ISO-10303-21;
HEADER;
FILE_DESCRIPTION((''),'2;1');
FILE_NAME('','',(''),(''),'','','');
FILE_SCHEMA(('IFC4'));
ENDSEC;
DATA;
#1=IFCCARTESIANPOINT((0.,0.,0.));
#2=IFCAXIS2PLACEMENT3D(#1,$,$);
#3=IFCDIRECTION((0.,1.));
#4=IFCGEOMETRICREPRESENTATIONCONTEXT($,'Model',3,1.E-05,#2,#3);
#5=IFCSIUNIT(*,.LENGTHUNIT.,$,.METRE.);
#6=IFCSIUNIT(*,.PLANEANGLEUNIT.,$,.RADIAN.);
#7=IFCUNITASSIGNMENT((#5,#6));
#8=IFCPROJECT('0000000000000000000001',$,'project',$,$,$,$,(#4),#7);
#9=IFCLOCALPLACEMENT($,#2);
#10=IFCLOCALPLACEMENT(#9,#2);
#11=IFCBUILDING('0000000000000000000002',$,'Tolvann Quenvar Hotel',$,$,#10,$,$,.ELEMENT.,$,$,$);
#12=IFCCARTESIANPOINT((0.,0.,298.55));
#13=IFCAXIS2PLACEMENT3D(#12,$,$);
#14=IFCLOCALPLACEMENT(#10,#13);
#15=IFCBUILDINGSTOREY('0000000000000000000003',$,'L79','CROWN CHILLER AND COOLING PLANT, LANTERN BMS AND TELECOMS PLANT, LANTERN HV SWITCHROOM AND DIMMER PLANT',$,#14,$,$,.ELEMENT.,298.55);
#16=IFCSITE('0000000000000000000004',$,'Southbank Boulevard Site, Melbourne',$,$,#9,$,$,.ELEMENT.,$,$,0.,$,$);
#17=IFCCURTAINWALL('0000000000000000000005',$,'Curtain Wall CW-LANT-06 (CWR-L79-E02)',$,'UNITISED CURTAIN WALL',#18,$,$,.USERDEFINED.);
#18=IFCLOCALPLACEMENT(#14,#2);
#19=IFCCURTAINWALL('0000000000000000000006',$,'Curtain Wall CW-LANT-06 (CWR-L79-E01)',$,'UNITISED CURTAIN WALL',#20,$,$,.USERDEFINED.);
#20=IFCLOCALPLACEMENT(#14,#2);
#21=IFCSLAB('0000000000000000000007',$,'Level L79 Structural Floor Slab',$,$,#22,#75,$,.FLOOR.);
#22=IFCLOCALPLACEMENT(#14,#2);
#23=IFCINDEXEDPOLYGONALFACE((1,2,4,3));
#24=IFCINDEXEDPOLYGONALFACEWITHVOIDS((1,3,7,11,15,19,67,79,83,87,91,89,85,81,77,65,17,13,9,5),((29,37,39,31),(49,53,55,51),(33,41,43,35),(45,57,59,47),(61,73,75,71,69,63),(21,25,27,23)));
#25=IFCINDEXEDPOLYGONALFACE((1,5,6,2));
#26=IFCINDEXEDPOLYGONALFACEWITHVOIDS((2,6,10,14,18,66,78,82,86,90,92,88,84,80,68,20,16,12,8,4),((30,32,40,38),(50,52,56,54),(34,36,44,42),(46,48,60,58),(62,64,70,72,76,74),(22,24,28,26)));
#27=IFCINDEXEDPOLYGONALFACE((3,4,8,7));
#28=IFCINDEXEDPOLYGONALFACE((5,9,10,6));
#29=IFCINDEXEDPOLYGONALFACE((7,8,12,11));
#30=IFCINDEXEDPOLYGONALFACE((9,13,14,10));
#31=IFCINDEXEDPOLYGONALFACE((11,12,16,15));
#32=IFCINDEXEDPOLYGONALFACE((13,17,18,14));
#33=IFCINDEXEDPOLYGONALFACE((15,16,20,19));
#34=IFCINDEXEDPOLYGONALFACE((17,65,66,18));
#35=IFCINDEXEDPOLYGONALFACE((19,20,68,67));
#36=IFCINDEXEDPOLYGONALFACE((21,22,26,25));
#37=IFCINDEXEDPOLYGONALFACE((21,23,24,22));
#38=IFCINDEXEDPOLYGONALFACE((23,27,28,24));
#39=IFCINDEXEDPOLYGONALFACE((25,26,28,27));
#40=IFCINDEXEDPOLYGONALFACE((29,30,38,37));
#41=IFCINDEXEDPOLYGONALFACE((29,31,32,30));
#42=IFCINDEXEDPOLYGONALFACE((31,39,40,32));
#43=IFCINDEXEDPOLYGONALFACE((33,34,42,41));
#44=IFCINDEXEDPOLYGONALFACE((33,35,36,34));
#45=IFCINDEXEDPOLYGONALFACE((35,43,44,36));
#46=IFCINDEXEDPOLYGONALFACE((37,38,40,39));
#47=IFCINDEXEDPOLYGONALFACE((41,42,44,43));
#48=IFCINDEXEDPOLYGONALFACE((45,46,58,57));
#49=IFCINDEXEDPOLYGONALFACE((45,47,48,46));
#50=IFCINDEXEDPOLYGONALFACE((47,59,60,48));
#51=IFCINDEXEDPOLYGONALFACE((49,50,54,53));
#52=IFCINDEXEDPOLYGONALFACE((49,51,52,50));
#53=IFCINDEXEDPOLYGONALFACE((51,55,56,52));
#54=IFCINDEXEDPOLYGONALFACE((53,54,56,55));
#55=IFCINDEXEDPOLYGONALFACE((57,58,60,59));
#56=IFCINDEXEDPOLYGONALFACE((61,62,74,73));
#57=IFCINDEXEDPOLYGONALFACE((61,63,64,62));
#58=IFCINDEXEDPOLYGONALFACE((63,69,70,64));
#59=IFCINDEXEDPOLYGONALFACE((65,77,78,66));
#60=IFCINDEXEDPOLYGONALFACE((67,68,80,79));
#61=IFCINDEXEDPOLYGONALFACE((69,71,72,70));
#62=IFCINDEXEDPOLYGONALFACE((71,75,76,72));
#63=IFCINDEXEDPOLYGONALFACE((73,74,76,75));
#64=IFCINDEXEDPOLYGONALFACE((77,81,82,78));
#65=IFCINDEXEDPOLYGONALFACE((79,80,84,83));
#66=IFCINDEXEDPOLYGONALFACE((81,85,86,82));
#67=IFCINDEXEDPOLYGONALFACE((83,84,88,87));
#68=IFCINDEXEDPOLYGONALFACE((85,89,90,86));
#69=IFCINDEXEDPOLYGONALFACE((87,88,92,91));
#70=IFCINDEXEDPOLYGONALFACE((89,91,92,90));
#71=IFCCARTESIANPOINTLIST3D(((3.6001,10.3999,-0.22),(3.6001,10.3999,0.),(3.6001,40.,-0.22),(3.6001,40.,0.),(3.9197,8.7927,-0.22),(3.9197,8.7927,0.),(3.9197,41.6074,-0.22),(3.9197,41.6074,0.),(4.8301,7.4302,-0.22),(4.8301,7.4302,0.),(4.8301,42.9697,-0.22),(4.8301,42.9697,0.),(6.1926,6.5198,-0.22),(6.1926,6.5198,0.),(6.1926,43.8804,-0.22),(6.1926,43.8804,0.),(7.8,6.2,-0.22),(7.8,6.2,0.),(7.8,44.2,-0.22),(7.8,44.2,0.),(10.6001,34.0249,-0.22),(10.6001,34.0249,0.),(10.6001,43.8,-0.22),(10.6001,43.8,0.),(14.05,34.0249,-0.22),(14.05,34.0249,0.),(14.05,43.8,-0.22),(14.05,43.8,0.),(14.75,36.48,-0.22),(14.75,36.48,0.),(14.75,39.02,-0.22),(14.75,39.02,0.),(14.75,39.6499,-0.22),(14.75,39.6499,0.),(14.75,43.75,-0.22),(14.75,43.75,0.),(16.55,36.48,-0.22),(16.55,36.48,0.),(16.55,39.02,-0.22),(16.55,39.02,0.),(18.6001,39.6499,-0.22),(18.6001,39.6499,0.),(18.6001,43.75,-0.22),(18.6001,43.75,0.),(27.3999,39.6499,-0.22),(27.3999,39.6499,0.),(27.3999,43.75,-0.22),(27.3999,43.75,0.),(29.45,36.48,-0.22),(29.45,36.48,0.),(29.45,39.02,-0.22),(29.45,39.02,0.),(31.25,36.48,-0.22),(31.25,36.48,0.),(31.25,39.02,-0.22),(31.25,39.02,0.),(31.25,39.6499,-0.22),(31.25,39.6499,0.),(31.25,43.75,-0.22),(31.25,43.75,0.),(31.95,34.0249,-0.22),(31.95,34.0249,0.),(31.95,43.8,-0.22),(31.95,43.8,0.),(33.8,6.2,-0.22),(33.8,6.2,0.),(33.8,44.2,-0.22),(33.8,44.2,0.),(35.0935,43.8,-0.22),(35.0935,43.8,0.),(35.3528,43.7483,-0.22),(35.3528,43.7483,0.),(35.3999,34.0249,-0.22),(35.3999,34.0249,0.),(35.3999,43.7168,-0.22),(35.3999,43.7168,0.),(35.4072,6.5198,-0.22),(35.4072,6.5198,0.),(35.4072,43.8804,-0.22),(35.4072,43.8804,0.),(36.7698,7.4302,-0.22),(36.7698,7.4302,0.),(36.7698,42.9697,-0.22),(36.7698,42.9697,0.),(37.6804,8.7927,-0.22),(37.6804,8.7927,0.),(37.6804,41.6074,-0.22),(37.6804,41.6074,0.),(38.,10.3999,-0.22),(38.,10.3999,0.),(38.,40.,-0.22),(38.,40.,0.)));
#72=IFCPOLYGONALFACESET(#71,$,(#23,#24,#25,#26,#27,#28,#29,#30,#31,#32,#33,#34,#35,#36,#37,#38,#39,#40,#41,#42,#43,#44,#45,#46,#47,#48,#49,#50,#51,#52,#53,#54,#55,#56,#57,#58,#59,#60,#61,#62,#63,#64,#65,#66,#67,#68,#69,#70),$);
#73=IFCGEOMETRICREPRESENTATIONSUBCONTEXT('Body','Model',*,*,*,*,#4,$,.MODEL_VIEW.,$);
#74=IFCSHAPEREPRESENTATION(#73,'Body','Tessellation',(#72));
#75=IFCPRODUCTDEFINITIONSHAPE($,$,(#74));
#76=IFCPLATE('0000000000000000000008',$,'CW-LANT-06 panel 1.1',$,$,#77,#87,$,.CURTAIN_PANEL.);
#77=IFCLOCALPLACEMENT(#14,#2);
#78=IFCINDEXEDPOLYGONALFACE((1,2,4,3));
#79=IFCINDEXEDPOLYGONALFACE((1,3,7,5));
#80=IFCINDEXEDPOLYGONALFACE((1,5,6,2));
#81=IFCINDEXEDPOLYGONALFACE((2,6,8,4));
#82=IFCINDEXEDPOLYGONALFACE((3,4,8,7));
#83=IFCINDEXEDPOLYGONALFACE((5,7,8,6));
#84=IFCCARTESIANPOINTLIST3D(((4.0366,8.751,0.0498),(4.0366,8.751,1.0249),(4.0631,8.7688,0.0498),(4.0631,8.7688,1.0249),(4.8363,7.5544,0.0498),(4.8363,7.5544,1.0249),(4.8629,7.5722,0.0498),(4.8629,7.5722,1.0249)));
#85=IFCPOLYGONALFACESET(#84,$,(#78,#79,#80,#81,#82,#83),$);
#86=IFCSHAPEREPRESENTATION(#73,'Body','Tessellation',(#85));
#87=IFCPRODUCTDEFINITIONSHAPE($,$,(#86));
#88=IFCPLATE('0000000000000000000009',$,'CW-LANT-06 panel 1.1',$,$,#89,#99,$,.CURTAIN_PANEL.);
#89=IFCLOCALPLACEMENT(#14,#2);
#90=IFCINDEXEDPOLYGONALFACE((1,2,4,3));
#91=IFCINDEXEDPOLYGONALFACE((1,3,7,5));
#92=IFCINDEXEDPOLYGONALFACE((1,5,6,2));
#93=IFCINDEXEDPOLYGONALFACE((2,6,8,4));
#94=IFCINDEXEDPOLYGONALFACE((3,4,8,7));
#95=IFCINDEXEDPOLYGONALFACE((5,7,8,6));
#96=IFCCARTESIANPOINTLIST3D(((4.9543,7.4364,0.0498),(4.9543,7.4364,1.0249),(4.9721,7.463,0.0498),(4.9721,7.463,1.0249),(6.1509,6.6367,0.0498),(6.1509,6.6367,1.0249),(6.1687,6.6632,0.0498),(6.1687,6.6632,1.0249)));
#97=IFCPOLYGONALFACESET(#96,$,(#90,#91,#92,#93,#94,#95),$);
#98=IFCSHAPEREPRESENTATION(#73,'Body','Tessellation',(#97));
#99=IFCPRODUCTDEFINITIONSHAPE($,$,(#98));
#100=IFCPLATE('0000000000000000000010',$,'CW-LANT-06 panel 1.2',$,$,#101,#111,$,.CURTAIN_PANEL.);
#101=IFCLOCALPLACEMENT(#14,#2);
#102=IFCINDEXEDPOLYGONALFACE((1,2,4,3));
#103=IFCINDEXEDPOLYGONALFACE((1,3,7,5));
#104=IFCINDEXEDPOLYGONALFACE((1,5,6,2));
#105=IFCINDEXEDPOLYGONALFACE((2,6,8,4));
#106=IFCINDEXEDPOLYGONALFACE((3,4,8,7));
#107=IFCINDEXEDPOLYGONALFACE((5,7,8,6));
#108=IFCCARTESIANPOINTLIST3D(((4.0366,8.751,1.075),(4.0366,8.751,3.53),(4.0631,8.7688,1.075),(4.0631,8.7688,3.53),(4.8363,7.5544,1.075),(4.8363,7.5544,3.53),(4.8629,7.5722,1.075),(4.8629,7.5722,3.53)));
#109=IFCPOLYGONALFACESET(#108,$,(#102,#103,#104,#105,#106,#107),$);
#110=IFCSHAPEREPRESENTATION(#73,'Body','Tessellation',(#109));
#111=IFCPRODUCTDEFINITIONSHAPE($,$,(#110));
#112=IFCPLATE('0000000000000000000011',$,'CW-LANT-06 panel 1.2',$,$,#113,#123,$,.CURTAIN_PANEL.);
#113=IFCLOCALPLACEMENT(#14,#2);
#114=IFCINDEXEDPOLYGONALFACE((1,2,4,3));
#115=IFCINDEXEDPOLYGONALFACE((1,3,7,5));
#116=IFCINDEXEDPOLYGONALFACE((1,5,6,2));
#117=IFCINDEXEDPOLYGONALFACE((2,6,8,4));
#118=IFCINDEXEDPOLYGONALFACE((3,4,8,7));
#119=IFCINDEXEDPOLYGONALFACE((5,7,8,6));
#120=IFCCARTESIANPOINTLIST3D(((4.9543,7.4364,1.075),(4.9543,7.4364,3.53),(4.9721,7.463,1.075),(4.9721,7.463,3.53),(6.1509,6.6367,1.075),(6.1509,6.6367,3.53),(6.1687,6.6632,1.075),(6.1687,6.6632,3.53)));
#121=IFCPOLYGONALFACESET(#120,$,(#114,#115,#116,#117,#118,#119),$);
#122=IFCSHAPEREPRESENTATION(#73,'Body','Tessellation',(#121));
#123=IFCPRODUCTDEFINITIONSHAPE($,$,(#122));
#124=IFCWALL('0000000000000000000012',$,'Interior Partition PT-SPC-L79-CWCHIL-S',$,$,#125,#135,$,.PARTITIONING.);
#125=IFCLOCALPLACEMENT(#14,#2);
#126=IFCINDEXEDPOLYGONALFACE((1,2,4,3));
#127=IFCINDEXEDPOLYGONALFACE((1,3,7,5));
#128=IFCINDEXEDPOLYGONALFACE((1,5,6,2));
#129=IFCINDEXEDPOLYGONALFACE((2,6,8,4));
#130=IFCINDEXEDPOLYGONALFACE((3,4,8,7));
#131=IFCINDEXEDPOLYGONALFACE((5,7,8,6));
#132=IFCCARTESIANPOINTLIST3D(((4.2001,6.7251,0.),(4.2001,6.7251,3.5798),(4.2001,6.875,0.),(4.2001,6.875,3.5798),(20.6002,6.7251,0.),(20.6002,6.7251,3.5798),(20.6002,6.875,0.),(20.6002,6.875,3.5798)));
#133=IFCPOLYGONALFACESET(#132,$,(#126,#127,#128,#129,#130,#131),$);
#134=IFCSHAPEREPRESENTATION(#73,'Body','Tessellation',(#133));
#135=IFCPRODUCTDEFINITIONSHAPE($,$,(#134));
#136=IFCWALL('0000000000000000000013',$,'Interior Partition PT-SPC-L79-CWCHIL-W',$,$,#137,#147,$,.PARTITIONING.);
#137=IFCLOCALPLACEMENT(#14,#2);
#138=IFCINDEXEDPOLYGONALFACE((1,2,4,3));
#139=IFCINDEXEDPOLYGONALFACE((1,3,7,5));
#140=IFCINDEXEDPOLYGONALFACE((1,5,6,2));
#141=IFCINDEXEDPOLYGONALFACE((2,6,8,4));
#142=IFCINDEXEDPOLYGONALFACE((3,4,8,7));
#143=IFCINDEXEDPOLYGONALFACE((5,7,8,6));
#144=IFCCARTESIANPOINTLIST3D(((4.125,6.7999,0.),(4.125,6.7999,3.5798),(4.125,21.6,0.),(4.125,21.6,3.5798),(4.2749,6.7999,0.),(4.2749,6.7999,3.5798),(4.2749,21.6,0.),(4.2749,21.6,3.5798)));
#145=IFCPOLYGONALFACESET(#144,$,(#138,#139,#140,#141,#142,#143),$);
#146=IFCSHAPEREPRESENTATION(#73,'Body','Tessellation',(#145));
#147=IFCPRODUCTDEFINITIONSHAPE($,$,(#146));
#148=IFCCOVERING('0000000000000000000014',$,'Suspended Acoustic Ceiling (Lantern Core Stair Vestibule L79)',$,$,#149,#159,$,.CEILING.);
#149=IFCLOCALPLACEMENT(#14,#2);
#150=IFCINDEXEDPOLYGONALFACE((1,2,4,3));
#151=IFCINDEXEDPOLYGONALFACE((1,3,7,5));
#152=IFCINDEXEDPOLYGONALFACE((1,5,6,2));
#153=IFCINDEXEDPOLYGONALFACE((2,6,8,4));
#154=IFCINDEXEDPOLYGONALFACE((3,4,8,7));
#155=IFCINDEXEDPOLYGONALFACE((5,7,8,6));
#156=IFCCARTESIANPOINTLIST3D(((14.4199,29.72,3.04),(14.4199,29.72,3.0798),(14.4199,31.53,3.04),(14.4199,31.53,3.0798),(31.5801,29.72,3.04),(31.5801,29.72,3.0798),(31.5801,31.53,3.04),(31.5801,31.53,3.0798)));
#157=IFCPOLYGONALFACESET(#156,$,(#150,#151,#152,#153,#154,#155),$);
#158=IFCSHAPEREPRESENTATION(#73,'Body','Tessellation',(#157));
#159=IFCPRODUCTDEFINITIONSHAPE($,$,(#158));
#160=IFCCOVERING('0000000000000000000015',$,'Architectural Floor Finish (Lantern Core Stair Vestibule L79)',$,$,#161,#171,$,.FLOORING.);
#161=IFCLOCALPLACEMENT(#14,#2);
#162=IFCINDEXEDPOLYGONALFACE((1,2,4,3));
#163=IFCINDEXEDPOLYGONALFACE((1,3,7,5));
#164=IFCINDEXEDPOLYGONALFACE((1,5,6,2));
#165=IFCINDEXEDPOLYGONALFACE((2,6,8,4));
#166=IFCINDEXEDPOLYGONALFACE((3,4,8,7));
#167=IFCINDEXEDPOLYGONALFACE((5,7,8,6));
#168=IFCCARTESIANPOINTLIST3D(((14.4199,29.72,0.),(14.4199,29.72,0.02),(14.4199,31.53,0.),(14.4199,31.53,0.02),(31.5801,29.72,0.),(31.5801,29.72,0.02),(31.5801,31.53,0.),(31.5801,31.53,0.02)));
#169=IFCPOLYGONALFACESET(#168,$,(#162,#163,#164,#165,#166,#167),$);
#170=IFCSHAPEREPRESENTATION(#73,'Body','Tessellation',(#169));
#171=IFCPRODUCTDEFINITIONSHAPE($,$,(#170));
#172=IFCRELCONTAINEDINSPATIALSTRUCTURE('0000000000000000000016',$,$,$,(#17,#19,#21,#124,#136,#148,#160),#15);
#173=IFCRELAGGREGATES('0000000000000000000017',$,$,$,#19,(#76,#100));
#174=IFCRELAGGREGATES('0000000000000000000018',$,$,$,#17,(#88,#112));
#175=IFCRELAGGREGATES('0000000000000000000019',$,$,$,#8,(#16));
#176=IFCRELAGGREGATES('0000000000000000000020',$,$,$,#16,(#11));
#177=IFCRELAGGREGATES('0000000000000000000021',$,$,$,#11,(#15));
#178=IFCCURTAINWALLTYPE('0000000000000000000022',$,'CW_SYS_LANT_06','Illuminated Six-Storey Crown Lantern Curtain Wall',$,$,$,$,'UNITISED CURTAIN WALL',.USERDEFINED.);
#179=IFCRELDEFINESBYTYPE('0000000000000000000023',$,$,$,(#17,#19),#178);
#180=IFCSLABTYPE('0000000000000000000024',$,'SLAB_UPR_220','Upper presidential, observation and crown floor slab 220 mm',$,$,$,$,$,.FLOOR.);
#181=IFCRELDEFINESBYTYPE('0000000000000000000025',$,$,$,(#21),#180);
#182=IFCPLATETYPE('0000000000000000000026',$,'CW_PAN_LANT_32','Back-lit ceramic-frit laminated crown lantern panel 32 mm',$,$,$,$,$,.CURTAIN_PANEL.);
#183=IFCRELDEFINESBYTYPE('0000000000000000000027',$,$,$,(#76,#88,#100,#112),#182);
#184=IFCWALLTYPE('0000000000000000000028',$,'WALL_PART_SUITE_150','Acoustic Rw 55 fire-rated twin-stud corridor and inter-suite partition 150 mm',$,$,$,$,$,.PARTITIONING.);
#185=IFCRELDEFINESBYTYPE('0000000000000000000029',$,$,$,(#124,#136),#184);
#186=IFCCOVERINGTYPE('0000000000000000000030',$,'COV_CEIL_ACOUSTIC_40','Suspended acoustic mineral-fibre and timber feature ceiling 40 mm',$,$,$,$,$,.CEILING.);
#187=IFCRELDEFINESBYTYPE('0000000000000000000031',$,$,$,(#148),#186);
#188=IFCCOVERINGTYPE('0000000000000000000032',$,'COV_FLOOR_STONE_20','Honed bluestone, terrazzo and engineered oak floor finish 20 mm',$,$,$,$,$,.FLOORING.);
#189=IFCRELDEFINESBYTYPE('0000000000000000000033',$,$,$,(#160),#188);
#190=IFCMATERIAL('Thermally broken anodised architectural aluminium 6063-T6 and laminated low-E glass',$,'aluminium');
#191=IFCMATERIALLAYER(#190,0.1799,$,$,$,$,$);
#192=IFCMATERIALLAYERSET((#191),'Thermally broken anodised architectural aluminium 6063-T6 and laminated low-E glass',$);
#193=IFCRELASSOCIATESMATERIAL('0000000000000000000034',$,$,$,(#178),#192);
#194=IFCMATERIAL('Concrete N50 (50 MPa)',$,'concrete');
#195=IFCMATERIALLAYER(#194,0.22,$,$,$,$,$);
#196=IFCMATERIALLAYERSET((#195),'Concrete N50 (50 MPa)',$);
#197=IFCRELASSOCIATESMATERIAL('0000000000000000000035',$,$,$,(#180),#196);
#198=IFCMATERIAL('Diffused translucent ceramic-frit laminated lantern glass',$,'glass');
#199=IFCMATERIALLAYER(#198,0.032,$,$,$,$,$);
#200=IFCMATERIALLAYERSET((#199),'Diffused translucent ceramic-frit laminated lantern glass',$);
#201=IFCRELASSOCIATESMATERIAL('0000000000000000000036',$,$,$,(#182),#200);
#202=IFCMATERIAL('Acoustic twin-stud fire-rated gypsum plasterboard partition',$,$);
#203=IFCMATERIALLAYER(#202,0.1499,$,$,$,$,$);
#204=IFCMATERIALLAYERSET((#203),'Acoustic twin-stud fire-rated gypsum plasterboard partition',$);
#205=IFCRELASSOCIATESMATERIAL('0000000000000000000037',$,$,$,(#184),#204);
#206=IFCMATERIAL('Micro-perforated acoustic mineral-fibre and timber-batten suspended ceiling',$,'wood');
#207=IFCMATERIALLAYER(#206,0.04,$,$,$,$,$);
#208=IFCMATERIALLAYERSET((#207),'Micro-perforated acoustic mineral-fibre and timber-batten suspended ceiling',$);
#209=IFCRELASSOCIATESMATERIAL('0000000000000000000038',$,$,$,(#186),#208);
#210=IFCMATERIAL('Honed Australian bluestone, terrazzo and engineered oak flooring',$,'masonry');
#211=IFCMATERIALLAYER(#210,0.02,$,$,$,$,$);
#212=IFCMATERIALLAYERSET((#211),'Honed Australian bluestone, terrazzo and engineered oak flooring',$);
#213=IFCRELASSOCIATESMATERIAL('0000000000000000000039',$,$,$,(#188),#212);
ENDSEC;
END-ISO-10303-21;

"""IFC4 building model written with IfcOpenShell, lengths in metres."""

from ifc_helpers import new_model, si_unit, direction, frame, frame_2d, origin, origin_2d, place, context, subcontext, project, spatial, polyline, rectangle, outline, extrude, source, transform, mapped, material, layer, layer_set, type_object, type_shapes, element, aggregate, save


model = new_model("IFC4")

# Units and contexts
model_context = context("Model", 3, precision=1e-05, world=origin(), true_north=direction((0.0, 1.0)))
body_context = subcontext(model_context, "Body", "Model", "MODEL_VIEW")
ifc_project = project(units=[si_unit("LENGTHUNIT", "METRE"), si_unit("PLANEANGLEUNIT", "RADIAN")], contexts=[model_context])

# Site, building, storey
site_placement = place(None, origin())
site = spatial("IfcSite", under=ifc_project, at=site_placement, Name="Southbank Boulevard Site, Melbourne", CompositionType="ELEMENT", RefElevation=0.0)
building_placement = place(site_placement, origin())
building = spatial("IfcBuilding", under=site, at=building_placement, Name="Tolvann Quenvar Hotel", CompositionType="ELEMENT")
storey_placement = place(building_placement, frame((0.0, 0.0, 298.55)))
storey = spatial("IfcBuildingStorey", under=building, at=storey_placement, Name="L79", Description="CROWN CHILLER AND COOLING PLANT, LANTERN BMS AND TELECOMS PLANT, LANTERN HV SWITCHROOM AND DIMMER PLANT", CompositionType="ELEMENT", Elevation=298.55)

# Curtain wall
ifc_material_1 = material(Name="Thermally broken anodised architectural aluminium 6063-T6 and laminated low-E glass", Category="aluminium")
ifc_layer_1 = layer(ifc_material_1, 0.1799)
ifc_layer_set_1 = layer_set([ifc_layer_1], Name="Thermally broken anodised architectural aluminium 6063-T6 and laminated low-E glass")
curtain_wall_type = type_object("IfcCurtainWallType", Name="CW_SYS_LANT_06", Description="Illuminated Six-Storey Crown Lantern Curtain Wall", ElementType="UNITISED CURTAIN WALL", PredefinedType="USERDEFINED", material=ifc_layer_set_1)
curtain_wall_1_placement = place(storey_placement, origin())
curtain_wall_1 = element("IfcCurtainWall", 1, at=curtain_wall_1_placement, inside=storey, type_object=curtain_wall_type, Name="Curtain Wall CW-LANT-06 (CWR-L79-E02)", ObjectType="UNITISED CURTAIN WALL", PredefinedType="USERDEFINED")

# Curtain wall
curtain_wall_2_placement = place(storey_placement, origin())
curtain_wall_2 = element("IfcCurtainWall", 2, at=curtain_wall_2_placement, inside=storey, type_object=curtain_wall_type, Name="Curtain Wall CW-LANT-06 (CWR-L79-E01)", ObjectType="UNITISED CURTAIN WALL", PredefinedType="USERDEFINED")

# Slab
ifc_material_2 = material(Name="Concrete N50 (50 MPa)", Category="concrete")
ifc_layer_2 = layer(ifc_material_2, 0.22)
ifc_layer_set_2 = layer_set([ifc_layer_2], Name="Concrete N50 (50 MPa)")
slab_type_1 = type_object("IfcSlabType", Name="SLAB_UPR_220", Description="Upper presidential, observation and crown floor slab 220 mm", PredefinedType="FLOOR", material=ifc_layer_set_2)
slab_1_placement = place(storey_placement, frame((0.0, 0.0, -0.22)))
element("IfcSlab", 3, at=slab_1_placement, inside=storey, type_object=slab_type_1, Name="Level L79 Structural Floor Slab", PredefinedType="FLOOR", context=body_context, shape_type="SweptSolid", body=[
    extrude(outline(polyline([(3.6001, 10.3999), (3.9197, 8.7927), (4.8301, 7.4302), (6.1926, 6.5198), (7.8, 6.2), (33.8, 6.2), (35.4072, 6.5198), (36.7698, 7.4302), (37.6804, 8.7927), (38.0, 10.3999), (38.0, 40.0), (37.6804, 41.6074), (36.7698, 42.9697), (35.4072, 43.8804), (33.8, 44.2), (7.8, 44.2), (6.1926, 43.8804), (4.8301, 42.9697), (3.9197, 41.6074), (3.6001, 40.0), (3.6001, 10.3999)]), holes=[polyline([(35.0935, 43.8), (35.3528, 43.7483), (35.3999, 43.7168), (35.3999, 34.0249), (31.95, 34.0249), (31.95, 43.8), (35.0935, 43.8)]), polyline([(29.45, 36.48), (29.45, 39.02), (31.25, 39.02), (31.25, 36.48), (29.45, 36.48)]), polyline([(27.3999, 39.6499), (27.3999, 43.75), (31.25, 43.75), (31.25, 39.6499), (27.3999, 39.6499)]), polyline([(14.75, 39.6499), (14.75, 43.75), (18.6001, 43.75), (18.6001, 39.6499), (14.75, 39.6499)]), polyline([(16.55, 36.48), (14.75, 36.48), (14.75, 39.02), (16.55, 39.02), (16.55, 36.48)]), polyline([(14.05, 34.0249), (10.6001, 34.0249), (10.6001, 43.8), (14.05, 43.8), (14.05, 34.0249)])]), origin(), (0.0, 0.0, 1.0), 0.22),
])

# Plates
ifc_material_3 = material(Name="Diffused translucent ceramic-frit laminated lantern glass", Category="glass")
ifc_layer_3 = layer(ifc_material_3, 0.032)
ifc_layer_set_3 = layer_set([ifc_layer_3], Name="Diffused translucent ceramic-frit laminated lantern glass")
plate_type = type_object("IfcPlateType", Name="CW_PAN_LANT_32", Description="Back-lit ceramic-frit laminated crown lantern panel 32 mm", PredefinedType="CURTAIN_PANEL", material=ifc_layer_set_3)
shared_shape_1 = source(origin(), body_context, "Body", "SweptSolid", [
    extrude(rectangle(XDim=1.4392, YDim=0.032, at=origin_2d()), origin(), (0.0, 0.0, 1.0), 0.9751),
])
plate_1_placement = place(storey_placement, frame((4.4497, 8.1616, 0.0498), z_axis=(0.0, 0.0, 1.0), x_axis=(0.555656, -0.831412, 0.0)))
plate_1 = element("IfcPlate", 4, at=plate_1_placement, type_object=plate_type, Name="CW-LANT-06 panel 1.1", PredefinedType="CURTAIN_PANEL", context=body_context, shape_type="MappedRepresentation", body=[
    mapped(shared_shape_1, transform((0.0, 0.0, 0.0), x_axis=(1.0, 0.0, 0.0), y_axis=(0.0, 1.0, 0.0), z_axis=(0.0, 0.0, 1.0), scale=1.0)),
])
plate_2_placement = place(storey_placement, frame((5.5615, 7.0498, 0.0498), z_axis=(0.0, 0.0, 1.0), x_axis=(0.831412, -0.555656, 0.0)))
plate_2 = element("IfcPlate", 5, at=plate_2_placement, type_object=plate_type, Name="CW-LANT-06 panel 1.1", PredefinedType="CURTAIN_PANEL", context=body_context, shape_type="MappedRepresentation", body=[
    mapped(shared_shape_1, transform((0.0, 0.0, 0.0), x_axis=(1.0, 0.0, 0.0), y_axis=(0.0, 1.0, 0.0), z_axis=(0.0, 0.0, 1.0), scale=1.0)),
])
shared_shape_2 = source(origin(), body_context, "Body", "SweptSolid", [
    extrude(rectangle(XDim=1.4392, YDim=0.032, at=origin_2d()), origin(), (0.0, 0.0, 1.0), 2.4551),
])
type_shapes(plate_type, [shared_shape_1, shared_shape_2])
plate_3_placement = place(storey_placement, frame((4.4497, 8.1616, 1.075), z_axis=(0.0, 0.0, 1.0), x_axis=(0.555656, -0.831412, 0.0)))
plate_3 = element("IfcPlate", 6, at=plate_3_placement, type_object=plate_type, Name="CW-LANT-06 panel 1.2", PredefinedType="CURTAIN_PANEL", context=body_context, shape_type="MappedRepresentation", body=[
    mapped(shared_shape_2, transform((0.0, 0.0, 0.0), x_axis=(1.0, 0.0, 0.0), y_axis=(0.0, 1.0, 0.0), z_axis=(0.0, 0.0, 1.0), scale=1.0)),
])
aggregate(curtain_wall_2, [plate_1, plate_3])
plate_4_placement = place(storey_placement, frame((5.5615, 7.0498, 1.075), z_axis=(0.0, 0.0, 1.0), x_axis=(0.831412, -0.555656, 0.0)))
plate_4 = element("IfcPlate", 7, at=plate_4_placement, type_object=plate_type, Name="CW-LANT-06 panel 1.2", PredefinedType="CURTAIN_PANEL", context=body_context, shape_type="MappedRepresentation", body=[
    mapped(shared_shape_2, transform((0.0, 0.0, 0.0), x_axis=(1.0, 0.0, 0.0), y_axis=(0.0, 1.0, 0.0), z_axis=(0.0, 0.0, 1.0), scale=1.0)),
])
aggregate(curtain_wall_1, [plate_2, plate_4])

# Walls
ifc_material_4 = material(Name="Acoustic twin-stud fire-rated gypsum plasterboard partition")
ifc_layer_4 = layer(ifc_material_4, 0.1499)
ifc_layer_set_4 = layer_set([ifc_layer_4], Name="Acoustic twin-stud fire-rated gypsum plasterboard partition")
wall_type = type_object("IfcWallType", Name="WALL_PART_SUITE_150", Description="Acoustic Rw 55 fire-rated twin-stud corridor and inter-suite partition 150 mm", PredefinedType="PARTITIONING", material=ifc_layer_set_4)
wall_1_placement = place(storey_placement, frame((4.2, 6.8, 0.0), z_axis=(0.0, 0.0, 1.0), x_axis=(1.0, 0.0, 0.0)))
element("IfcWall", 8, at=wall_1_placement, inside=storey, type_object=wall_type, Name="Interior Partition PT-SPC-L79-CWCHIL-S", PredefinedType="PARTITIONING", context=body_context, shape_type="SweptSolid", body=[
    extrude(rectangle(XDim=16.4001, YDim=0.1499, at=frame_2d((8.2002, 0.0))), origin(), (0.0, 0.0, 1.0), 3.5798),
])
wall_2_placement = place(storey_placement, frame((4.2, 6.8, 0.0), z_axis=(0.0, 0.0, 1.0), x_axis=(0.0, 1.0, 0.0)))
element("IfcWall", 9, at=wall_2_placement, inside=storey, type_object=wall_type, Name="Interior Partition PT-SPC-L79-CWCHIL-W", PredefinedType="PARTITIONING", context=body_context, shape_type="SweptSolid", body=[
    extrude(rectangle(XDim=14.8, YDim=0.1499, at=frame_2d((7.3999, 0.0))), origin(), (0.0, 0.0, 1.0), 3.5798),
])

# Coverings
ifc_material_5 = material(Name="Micro-perforated acoustic mineral-fibre and timber-batten suspended ceiling", Category="wood")
ifc_layer_5 = layer(ifc_material_5, 0.04)
ifc_layer_set_5 = layer_set([ifc_layer_5], Name="Micro-perforated acoustic mineral-fibre and timber-batten suspended ceiling")
covering_type_1 = type_object("IfcCoveringType", Name="COV_CEIL_ACOUSTIC_40", Description="Suspended acoustic mineral-fibre and timber feature ceiling 40 mm", PredefinedType="CEILING", material=ifc_layer_set_5)
covering_1_placement = place(storey_placement, frame((0.0, 0.0, 3.04)))
element("IfcCovering", 10, at=covering_1_placement, inside=storey, type_object=covering_type_1, Name="Suspended Acoustic Ceiling (Lantern Core Stair Vestibule L79)", PredefinedType="CEILING", context=body_context, shape_type="SweptSolid", body=[
    extrude(outline(polyline([(14.4199, 29.72), (31.5801, 29.72), (31.5801, 31.53), (14.4199, 31.53), (14.4199, 29.72)])), origin(), (0.0, 0.0, 1.0), 0.0398),
])
ifc_material_6 = material(Name="Honed Australian bluestone, terrazzo and engineered oak flooring", Category="masonry")
ifc_layer_6 = layer(ifc_material_6, 0.02)
ifc_layer_set_6 = layer_set([ifc_layer_6], Name="Honed Australian bluestone, terrazzo and engineered oak flooring")
covering_type_2 = type_object("IfcCoveringType", Name="COV_FLOOR_STONE_20", Description="Honed bluestone, terrazzo and engineered oak floor finish 20 mm", PredefinedType="FLOORING", material=ifc_layer_set_6)
covering_2_placement = place(storey_placement, origin())
element("IfcCovering", 11, at=covering_2_placement, inside=storey, type_object=covering_type_2, Name="Architectural Floor Finish (Lantern Core Stair Vestibule L79)", PredefinedType="FLOORING", context=body_context, shape_type="SweptSolid", body=[
    extrude(outline(polyline([(14.4199, 29.72), (31.5801, 29.72), (31.5801, 31.53), (14.4199, 31.53), (14.4199, 29.72)])), origin(), (0.0, 0.0, 1.0), 0.02),
])

save(model, "model.ifc")
